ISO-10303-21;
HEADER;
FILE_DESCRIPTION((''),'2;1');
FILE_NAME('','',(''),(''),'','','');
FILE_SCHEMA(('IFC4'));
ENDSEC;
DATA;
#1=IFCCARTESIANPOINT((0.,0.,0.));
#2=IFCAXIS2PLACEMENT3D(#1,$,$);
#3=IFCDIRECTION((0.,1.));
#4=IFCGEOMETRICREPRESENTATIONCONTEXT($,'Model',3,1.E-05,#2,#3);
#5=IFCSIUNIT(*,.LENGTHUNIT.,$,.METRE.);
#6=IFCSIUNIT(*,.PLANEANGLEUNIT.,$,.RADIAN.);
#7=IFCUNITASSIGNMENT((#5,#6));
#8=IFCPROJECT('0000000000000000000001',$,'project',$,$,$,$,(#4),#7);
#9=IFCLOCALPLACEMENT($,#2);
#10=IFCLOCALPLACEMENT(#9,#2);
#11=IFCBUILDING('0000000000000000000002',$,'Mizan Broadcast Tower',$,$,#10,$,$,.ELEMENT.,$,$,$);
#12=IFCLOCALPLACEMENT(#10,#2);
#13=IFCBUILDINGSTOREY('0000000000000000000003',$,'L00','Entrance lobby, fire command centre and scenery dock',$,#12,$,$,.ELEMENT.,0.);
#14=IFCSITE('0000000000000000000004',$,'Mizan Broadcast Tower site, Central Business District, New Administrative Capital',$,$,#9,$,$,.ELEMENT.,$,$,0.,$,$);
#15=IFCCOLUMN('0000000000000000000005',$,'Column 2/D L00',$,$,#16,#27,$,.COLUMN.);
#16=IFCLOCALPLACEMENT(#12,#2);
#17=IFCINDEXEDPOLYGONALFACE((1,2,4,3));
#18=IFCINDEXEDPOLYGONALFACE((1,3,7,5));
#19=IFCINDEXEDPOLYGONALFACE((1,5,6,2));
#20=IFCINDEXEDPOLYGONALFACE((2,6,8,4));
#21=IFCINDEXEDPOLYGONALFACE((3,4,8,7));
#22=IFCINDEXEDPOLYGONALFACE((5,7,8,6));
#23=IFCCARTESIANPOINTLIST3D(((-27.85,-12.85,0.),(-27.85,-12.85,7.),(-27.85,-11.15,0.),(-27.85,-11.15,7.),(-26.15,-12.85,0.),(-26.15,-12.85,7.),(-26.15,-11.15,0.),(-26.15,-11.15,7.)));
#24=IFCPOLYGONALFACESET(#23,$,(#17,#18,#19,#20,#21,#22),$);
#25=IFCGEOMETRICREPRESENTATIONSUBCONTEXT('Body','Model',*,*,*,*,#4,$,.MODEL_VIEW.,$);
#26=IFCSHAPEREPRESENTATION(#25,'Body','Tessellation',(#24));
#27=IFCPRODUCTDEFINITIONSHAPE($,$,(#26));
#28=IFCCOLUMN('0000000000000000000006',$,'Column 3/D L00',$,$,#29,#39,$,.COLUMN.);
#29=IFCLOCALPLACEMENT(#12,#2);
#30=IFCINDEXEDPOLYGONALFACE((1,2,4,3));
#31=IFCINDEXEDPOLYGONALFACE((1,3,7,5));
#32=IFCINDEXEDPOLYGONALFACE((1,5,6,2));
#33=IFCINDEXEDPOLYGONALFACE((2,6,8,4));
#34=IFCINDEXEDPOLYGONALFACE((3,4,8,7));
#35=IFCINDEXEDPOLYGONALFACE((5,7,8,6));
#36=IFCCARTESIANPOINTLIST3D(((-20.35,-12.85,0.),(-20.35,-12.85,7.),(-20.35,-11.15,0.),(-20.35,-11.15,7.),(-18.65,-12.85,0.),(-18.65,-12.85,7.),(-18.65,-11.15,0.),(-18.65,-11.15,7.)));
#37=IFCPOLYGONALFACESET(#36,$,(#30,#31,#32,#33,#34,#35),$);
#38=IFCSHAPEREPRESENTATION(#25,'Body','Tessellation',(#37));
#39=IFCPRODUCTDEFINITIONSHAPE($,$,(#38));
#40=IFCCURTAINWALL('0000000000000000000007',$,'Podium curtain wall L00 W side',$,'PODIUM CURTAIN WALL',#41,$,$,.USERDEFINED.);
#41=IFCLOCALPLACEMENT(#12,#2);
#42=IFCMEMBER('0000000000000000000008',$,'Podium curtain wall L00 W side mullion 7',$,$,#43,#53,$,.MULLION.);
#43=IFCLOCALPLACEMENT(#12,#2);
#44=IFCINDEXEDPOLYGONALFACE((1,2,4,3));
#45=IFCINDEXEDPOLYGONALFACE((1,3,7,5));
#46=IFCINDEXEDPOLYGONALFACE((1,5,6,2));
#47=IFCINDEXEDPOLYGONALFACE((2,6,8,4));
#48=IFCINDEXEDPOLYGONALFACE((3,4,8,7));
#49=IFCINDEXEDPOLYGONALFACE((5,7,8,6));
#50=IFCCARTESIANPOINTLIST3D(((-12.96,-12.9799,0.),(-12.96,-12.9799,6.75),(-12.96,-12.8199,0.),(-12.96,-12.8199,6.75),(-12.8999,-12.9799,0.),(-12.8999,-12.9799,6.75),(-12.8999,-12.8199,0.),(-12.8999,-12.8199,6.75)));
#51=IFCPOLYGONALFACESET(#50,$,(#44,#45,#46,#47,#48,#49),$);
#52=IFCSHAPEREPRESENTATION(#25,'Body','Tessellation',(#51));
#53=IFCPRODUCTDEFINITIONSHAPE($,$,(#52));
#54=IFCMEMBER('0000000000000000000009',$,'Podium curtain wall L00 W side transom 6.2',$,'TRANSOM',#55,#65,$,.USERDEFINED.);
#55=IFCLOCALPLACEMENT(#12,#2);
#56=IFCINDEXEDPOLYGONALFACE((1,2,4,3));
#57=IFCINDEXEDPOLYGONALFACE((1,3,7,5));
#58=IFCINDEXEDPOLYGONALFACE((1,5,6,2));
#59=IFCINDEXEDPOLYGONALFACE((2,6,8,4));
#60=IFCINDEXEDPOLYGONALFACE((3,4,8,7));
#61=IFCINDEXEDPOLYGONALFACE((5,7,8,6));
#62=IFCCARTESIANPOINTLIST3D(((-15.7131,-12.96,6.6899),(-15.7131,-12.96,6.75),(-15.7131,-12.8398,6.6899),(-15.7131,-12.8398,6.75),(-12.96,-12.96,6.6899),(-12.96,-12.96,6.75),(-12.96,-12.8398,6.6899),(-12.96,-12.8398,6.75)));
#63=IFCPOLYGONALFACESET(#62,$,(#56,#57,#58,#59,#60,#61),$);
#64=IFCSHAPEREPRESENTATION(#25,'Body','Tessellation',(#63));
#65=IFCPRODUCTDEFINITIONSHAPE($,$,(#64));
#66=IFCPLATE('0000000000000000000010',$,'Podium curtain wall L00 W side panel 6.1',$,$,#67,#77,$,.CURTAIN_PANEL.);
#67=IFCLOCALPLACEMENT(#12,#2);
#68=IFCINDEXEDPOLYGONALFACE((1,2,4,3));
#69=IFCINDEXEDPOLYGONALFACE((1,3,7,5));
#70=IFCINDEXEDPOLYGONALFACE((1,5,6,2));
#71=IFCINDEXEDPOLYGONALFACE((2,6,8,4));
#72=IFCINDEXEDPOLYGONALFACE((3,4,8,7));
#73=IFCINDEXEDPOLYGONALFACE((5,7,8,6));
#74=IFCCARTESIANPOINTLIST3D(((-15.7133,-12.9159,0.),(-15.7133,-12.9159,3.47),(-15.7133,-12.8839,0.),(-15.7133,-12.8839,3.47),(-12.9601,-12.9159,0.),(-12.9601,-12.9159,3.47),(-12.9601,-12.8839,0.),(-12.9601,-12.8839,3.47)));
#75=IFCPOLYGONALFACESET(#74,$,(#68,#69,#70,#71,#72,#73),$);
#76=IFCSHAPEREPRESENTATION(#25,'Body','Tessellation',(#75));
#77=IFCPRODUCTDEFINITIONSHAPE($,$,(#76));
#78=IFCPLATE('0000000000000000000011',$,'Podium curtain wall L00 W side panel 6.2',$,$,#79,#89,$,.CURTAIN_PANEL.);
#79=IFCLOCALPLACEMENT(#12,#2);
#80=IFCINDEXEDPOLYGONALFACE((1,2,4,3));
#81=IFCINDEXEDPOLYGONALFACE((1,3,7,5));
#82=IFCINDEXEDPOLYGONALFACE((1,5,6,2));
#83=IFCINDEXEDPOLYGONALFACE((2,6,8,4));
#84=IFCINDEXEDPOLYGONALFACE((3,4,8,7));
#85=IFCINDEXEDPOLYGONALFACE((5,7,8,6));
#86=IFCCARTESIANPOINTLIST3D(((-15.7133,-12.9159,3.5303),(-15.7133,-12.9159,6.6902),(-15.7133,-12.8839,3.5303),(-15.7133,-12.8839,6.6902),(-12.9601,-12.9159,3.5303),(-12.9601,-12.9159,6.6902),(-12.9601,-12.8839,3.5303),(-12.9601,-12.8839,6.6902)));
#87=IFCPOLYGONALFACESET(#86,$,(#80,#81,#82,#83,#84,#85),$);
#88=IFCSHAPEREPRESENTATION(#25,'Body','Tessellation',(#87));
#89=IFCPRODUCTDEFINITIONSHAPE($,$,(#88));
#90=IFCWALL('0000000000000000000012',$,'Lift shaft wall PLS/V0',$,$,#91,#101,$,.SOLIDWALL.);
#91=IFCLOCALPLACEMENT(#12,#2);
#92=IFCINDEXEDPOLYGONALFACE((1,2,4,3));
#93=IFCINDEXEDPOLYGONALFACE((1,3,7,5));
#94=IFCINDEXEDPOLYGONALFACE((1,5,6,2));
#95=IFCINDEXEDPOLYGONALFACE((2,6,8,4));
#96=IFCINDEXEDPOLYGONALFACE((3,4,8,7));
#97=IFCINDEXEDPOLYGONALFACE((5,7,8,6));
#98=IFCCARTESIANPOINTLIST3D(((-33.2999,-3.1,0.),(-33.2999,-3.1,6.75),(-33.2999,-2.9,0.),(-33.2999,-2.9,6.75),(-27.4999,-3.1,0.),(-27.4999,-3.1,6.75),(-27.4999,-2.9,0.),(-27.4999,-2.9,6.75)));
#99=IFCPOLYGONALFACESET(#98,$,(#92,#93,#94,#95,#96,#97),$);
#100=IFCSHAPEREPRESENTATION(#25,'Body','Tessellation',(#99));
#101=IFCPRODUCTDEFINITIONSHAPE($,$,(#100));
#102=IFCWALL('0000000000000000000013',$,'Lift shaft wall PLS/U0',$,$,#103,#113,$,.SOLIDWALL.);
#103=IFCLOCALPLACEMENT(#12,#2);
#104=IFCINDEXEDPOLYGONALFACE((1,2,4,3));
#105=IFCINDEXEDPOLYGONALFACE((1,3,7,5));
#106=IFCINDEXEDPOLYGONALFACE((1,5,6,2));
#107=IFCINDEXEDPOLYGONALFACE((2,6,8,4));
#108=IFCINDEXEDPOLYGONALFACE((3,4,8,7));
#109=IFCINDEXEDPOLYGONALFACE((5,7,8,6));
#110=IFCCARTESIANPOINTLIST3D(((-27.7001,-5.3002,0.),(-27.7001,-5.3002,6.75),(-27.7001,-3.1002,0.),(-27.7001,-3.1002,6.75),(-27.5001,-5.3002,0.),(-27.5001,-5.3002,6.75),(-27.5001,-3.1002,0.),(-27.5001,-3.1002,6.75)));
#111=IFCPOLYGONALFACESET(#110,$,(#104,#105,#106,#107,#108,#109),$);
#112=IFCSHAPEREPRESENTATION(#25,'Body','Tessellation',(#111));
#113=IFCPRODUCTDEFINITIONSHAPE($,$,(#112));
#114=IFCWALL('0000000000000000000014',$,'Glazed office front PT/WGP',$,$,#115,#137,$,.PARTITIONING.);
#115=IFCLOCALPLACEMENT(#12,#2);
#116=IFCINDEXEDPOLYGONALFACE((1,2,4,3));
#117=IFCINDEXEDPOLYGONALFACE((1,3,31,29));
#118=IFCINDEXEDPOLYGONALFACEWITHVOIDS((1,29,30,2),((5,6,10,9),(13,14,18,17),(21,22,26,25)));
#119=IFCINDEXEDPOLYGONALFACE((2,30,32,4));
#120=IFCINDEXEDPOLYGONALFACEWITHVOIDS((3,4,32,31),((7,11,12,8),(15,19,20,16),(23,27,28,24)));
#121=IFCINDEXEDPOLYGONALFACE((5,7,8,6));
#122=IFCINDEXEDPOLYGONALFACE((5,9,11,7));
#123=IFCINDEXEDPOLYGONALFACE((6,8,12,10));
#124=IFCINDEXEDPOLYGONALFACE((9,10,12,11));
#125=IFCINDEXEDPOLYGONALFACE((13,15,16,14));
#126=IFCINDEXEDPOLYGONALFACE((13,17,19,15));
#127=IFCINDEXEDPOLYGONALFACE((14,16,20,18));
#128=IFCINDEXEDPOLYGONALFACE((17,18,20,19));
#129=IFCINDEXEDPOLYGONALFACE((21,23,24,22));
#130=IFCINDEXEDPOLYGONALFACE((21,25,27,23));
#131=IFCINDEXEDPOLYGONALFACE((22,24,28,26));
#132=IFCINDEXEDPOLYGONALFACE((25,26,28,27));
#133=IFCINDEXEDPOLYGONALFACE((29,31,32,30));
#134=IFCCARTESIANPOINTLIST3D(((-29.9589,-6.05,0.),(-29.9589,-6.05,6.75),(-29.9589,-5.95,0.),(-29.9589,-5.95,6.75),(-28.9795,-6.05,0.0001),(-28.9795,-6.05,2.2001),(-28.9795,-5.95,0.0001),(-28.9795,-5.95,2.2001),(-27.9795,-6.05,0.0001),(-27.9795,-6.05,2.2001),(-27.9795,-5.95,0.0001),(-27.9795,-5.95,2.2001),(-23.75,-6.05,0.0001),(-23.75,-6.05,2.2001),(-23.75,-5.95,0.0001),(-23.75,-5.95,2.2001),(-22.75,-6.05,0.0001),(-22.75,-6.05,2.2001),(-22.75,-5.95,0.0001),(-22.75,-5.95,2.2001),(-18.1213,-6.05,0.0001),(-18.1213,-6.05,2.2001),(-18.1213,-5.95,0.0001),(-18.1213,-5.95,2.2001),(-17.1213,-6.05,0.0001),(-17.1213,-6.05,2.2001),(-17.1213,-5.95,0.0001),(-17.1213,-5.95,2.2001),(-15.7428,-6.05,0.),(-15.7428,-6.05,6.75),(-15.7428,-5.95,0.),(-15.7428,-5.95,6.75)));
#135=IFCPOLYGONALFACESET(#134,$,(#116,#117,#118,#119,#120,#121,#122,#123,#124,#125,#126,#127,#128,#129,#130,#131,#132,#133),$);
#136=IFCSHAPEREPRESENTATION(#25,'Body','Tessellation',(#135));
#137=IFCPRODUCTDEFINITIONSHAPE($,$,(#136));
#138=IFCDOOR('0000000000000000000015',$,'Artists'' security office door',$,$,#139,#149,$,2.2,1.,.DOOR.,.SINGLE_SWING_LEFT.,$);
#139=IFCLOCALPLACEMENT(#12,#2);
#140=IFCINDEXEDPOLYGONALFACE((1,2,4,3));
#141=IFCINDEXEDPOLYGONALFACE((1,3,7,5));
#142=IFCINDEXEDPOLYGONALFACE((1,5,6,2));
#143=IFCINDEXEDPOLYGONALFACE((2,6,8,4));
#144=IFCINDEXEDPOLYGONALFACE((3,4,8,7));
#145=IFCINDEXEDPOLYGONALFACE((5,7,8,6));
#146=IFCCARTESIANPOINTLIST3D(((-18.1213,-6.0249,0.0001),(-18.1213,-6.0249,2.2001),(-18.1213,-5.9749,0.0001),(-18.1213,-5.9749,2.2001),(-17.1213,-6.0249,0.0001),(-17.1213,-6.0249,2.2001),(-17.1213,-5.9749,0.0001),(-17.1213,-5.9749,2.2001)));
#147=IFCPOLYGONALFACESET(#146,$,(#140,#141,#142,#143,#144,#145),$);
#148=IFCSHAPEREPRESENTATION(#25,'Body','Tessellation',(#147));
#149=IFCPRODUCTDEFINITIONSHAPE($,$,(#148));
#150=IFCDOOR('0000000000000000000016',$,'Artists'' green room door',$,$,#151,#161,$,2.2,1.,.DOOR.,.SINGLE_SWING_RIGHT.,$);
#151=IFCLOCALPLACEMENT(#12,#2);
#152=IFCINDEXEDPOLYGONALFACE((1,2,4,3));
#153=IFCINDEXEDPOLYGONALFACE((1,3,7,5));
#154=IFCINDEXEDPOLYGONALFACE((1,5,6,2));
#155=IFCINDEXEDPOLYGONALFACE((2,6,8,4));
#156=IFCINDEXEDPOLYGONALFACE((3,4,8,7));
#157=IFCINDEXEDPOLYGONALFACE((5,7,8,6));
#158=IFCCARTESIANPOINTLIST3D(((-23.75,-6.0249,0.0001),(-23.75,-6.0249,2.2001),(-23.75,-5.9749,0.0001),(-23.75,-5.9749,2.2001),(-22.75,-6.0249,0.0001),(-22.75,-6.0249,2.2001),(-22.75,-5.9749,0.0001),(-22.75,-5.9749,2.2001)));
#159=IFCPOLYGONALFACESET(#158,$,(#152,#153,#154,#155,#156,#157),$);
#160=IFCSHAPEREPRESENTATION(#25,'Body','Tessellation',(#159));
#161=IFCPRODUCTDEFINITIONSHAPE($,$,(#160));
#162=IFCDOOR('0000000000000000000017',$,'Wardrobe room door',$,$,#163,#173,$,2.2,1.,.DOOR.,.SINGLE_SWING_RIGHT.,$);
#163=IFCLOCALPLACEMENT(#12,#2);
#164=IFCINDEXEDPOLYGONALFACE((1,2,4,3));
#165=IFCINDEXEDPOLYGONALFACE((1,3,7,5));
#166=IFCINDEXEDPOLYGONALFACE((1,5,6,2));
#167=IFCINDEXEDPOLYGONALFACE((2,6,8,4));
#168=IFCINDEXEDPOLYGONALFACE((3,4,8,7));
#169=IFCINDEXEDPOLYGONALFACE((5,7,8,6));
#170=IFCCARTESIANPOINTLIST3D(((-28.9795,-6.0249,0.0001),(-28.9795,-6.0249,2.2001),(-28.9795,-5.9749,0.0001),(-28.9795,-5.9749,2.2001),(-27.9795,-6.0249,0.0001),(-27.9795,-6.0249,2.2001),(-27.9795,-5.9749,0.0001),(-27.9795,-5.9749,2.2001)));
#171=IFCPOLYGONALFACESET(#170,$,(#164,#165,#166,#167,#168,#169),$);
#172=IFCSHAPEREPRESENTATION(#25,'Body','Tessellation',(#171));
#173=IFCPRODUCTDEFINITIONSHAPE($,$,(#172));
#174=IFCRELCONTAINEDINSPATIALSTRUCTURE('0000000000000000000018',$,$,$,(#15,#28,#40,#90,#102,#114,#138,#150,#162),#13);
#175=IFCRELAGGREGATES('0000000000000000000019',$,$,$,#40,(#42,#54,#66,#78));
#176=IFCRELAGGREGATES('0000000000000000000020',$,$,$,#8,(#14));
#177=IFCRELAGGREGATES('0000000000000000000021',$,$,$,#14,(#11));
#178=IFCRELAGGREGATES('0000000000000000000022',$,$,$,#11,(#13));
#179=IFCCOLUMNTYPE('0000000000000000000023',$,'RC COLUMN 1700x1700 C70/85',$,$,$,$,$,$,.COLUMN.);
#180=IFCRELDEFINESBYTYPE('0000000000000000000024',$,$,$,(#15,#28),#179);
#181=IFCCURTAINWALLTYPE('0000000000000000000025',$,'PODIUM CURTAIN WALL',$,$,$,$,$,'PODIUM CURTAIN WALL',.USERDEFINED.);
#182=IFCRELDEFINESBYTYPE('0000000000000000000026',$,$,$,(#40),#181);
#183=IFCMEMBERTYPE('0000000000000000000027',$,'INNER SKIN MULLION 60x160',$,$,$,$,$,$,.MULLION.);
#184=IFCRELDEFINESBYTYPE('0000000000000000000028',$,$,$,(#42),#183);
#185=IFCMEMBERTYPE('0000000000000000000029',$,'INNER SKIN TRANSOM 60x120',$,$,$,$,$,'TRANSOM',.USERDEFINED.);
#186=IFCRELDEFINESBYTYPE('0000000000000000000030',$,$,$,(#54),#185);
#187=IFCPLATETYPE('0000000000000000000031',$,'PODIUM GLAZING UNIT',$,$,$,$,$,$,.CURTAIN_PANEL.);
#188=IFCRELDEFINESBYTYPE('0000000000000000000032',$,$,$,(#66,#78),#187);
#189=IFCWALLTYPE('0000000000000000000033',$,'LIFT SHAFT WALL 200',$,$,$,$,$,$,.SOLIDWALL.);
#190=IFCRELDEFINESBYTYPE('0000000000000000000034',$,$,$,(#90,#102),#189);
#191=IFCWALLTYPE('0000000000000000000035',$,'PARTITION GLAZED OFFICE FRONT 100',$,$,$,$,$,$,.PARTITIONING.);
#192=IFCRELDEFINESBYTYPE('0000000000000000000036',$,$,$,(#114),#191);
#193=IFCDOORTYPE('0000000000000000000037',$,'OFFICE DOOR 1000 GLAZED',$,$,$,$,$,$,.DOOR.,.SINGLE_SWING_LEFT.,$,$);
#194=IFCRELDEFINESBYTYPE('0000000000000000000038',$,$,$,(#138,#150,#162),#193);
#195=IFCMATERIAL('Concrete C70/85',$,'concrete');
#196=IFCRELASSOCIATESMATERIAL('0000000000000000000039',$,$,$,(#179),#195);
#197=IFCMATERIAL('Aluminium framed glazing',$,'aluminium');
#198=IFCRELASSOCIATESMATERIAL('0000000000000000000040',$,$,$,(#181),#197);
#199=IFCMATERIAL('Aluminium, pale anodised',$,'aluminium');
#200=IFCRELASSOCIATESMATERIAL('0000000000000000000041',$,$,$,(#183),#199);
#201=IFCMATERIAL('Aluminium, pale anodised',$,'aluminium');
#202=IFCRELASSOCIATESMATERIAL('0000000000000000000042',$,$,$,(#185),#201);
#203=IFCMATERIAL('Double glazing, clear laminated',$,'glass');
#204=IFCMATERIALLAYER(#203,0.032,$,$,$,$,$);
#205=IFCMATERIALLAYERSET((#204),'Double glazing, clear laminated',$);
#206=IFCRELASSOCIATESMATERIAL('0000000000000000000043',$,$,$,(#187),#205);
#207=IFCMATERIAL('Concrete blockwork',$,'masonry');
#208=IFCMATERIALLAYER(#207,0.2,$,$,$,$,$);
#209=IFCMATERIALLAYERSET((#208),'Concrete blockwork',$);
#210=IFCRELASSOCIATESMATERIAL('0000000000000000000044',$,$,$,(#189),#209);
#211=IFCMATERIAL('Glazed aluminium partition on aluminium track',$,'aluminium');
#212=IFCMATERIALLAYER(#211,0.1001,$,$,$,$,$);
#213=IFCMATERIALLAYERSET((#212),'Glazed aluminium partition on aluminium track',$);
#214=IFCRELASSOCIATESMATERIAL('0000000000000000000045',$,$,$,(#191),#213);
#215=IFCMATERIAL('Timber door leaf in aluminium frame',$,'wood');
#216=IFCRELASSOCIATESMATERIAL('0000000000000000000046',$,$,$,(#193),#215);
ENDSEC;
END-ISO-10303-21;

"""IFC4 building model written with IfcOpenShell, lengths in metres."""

from ifc_helpers import new_model, si_unit, direction, frame, frame_2d, origin, origin_2d, place, context, subcontext, project, spatial, rectangle, extrude, material, layer, layer_set, material_profile, profile_set, type_object, element, fill, aggregate, save


model = new_model("IFC4")

# Units and contexts
model_context = context("Model", 3, precision=1e-05, world=origin(), true_north=direction((0.0, 1.0)))
body_context = subcontext(model_context, "Body", "Model", "MODEL_VIEW")
ifc_project = project(units=[si_unit("LENGTHUNIT", "METRE"), si_unit("PLANEANGLEUNIT", "RADIAN")], contexts=[model_context])

# Site, building, storey
site_placement = place(None, origin())
site = spatial("IfcSite", under=ifc_project, at=site_placement, Name="Mizan Broadcast Tower site, Central Business District, New Administrative Capital", CompositionType="ELEMENT", RefElevation=0.0)
building_placement = place(site_placement, origin())
building = spatial("IfcBuilding", under=site, at=building_placement, Name="Mizan Broadcast Tower", CompositionType="ELEMENT")
storey_placement = place(building_placement, origin())
storey = spatial("IfcBuildingStorey", under=building, at=storey_placement, Name="L00", Description="Entrance lobby, fire command centre and scenery dock", CompositionType="ELEMENT", Elevation=0.0)

# Columns
ifc_material_1 = material(Name="Concrete C70/85", Category="concrete")
ifc_material_profile_1 = material_profile(ifc_material_1, rectangle(XDim=1.7, YDim=1.7, at=origin_2d()), Name="RC 1700x1700")
ifc_profile_set_1 = profile_set([ifc_material_profile_1], Name="Concrete C70/85")
column_type = type_object("IfcColumnType", Name="RC COLUMN 1700x1700 C70/85", PredefinedType="COLUMN", material=ifc_profile_set_1)
for number, where, z_axis, x_axis, name in (
    (1, (-27.0, -12.0, 0.0), (0.0, 0.0, 1.0), (1.0, 0.0, 0.0), "Column 2/D L00"),
    (2, (-19.5, -12.0, 0.0), (0.0, 0.0, 1.0), (1.0, 0.0, 0.0), "Column 3/D L00"),
):
    element("IfcColumn", number, at=place(storey_placement, frame(where, z_axis=z_axis, x_axis=x_axis)), inside=storey, type_object=column_type, Name=name, PredefinedType="COLUMN", context=body_context, shape_type="SweptSolid", body=[
        extrude(rectangle(XDim=1.7, YDim=1.7, at=origin_2d()), origin(), (0.0, 0.0, 1.0), 7.0),
    ])

# Curtain wall, members, plates
ifc_material_2 = material(Name="Aluminium framed glazing", Category="aluminium")
curtain_wall_type = type_object("IfcCurtainWallType", Name="PODIUM CURTAIN WALL", ElementType="PODIUM CURTAIN WALL", PredefinedType="USERDEFINED", material=ifc_material_2)
curtain_wall_placement = place(storey_placement, origin())
curtain_wall = element("IfcCurtainWall", 3, at=curtain_wall_placement, inside=storey, type_object=curtain_wall_type, Name="Podium curtain wall L00 W side", ObjectType="PODIUM CURTAIN WALL", PredefinedType="USERDEFINED")
ifc_material_3 = material(Name="Aluminium, pale anodised", Category="aluminium")
ifc_material_profile_2 = material_profile(ifc_material_3, rectangle(XDim=0.1599, YDim=0.0601, at=origin_2d()), Name="MULLION 160x60")
ifc_profile_set_2 = profile_set([ifc_material_profile_2], Name="Aluminium, pale anodised")
member_type_1 = type_object("IfcMemberType", Name="INNER SKIN MULLION 60x160", PredefinedType="MULLION", material=ifc_profile_set_2)
member_1_placement = place(storey_placement, frame((-12.9299, -12.8999, 0.0), z_axis=(0.0, 0.0, 1.0), x_axis=(0.0, 1.0, 0.0)))
member_1 = element("IfcMember", 4, at=member_1_placement, type_object=member_type_1, Name="Podium curtain wall L00 W side mullion 7", PredefinedType="MULLION", context=body_context, shape_type="SweptSolid", body=[
    extrude(rectangle(XDim=0.1599, YDim=0.0601, at=origin_2d()), origin(), (0.0, 0.0, 1.0), 6.75),
])
ifc_material_4 = material(Name="Aluminium, pale anodised", Category="aluminium")
ifc_material_profile_3 = material_profile(ifc_material_4, rectangle(XDim=0.1201, YDim=0.0601, at=origin_2d()), Name="TRANSOM 120x60")
ifc_profile_set_3 = profile_set([ifc_material_profile_3], Name="Aluminium, pale anodised")
member_type_2 = type_object("IfcMemberType", Name="INNER SKIN TRANSOM 60x120", ElementType="TRANSOM", PredefinedType="USERDEFINED", material=ifc_profile_set_3)
member_2_placement = place(storey_placement, frame((-15.7131, -12.8999, 6.72), z_axis=(1.0, 0.0, 0.0), x_axis=(0.0, 1.0, 0.0)))
member_2 = element("IfcMember", 5, at=member_2_placement, type_object=member_type_2, Name="Podium curtain wall L00 W side transom 6.2", ObjectType="TRANSOM", PredefinedType="USERDEFINED", context=body_context, shape_type="SweptSolid", body=[
    extrude(rectangle(XDim=0.1201, YDim=0.0601, at=origin_2d()), origin(), (0.0, 0.0, 1.0), 2.7532),
])
ifc_material_5 = material(Name="Double glazing, clear laminated", Category="glass")
ifc_layer_1 = layer(ifc_material_5, 0.032)
ifc_layer_set_1 = layer_set([ifc_layer_1], Name="Double glazing, clear laminated")
plate_type = type_object("IfcPlateType", Name="PODIUM GLAZING UNIT", PredefinedType="CURTAIN_PANEL", material=ifc_layer_set_1)
plate_1_placement = place(storey_placement, frame((-14.3367, -12.8999, 0.0), z_axis=(0.0, 0.0, 1.0), x_axis=(1.0, 0.0, 0.0)))
plate_1 = element("IfcPlate", 6, at=plate_1_placement, type_object=plate_type, Name="Podium curtain wall L00 W side panel 6.1", PredefinedType="CURTAIN_PANEL", context=body_context, shape_type="SweptSolid", body=[
    extrude(rectangle(XDim=2.7532, YDim=0.032, at=origin_2d()), origin(), (0.0, 0.0, 1.0), 3.47),
])
plate_2_placement = place(storey_placement, frame((-14.3367, -12.8999, 3.5303), z_axis=(0.0, 0.0, 1.0), x_axis=(1.0, 0.0, 0.0)))
plate_2 = element("IfcPlate", 7, at=plate_2_placement, type_object=plate_type, Name="Podium curtain wall L00 W side panel 6.2", PredefinedType="CURTAIN_PANEL", context=body_context, shape_type="SweptSolid", body=[
    extrude(rectangle(XDim=2.7532, YDim=0.032, at=origin_2d()), origin(), (0.0, 0.0, 1.0), 3.1599),
])
aggregate(curtain_wall, [member_1, member_2, plate_1, plate_2])

# Walls
ifc_material_6 = material(Name="Concrete blockwork", Category="masonry")
ifc_layer_2 = layer(ifc_material_6, 0.2)
ifc_layer_set_2 = layer_set([ifc_layer_2], Name="Concrete blockwork")
wall_type_1 = type_object("IfcWallType", Name="LIFT SHAFT WALL 200", PredefinedType="SOLIDWALL", material=ifc_layer_set_2)
wall_1_placement = place(storey_placement, frame((-27.5, -3.0, 0.0), z_axis=(0.0, 0.0, 1.0), x_axis=(-1.0, 0.0, 0.0)))
element("IfcWall", 8, at=wall_1_placement, inside=storey, type_object=wall_type_1, Name="Lift shaft wall PLS/V0", PredefinedType="SOLIDWALL", context=body_context, shape_type="SweptSolid", body=[
    extrude(rectangle(XDim=5.8, YDim=0.2, at=frame_2d((2.8999, 0.0))), origin(), (0.0, 0.0, 1.0), 6.75),
])
wall_2_placement = place(storey_placement, frame((-27.6001, -3.1001, 0.0), z_axis=(0.0, 0.0, 1.0), x_axis=(0.0, -1.0, 0.0)))
element("IfcWall", 9, at=wall_2_placement, inside=storey, type_object=wall_type_1, Name="Lift shaft wall PLS/U0", PredefinedType="SOLIDWALL", context=body_context, shape_type="SweptSolid", body=[
    extrude(rectangle(XDim=2.2, YDim=0.2, at=frame_2d((1.1001, 0.0))), origin(), (0.0, 0.0, 1.0), 6.75),
])

# Wall, openings, doors
ifc_material_7 = material(Name="Glazed aluminium partition on aluminium track", Category="aluminium")
ifc_layer_3 = layer(ifc_material_7, 0.1001)
ifc_layer_set_3 = layer_set([ifc_layer_3], Name="Glazed aluminium partition on aluminium track")
wall_type_2 = type_object("IfcWallType", Name="PARTITION GLAZED OFFICE FRONT 100", PredefinedType="PARTITIONING", material=ifc_layer_set_3)
wall_3_placement = place(storey_placement, frame((-15.7429, -6.0, 0.0), z_axis=(0.0, 0.0, 1.0), x_axis=(-1.0, 0.0, 0.0)))
wall_3 = element("IfcWall", 10, at=wall_3_placement, inside=storey, type_object=wall_type_2, Name="Glazed office front PT/WGP", PredefinedType="PARTITIONING", context=body_context, shape_type="SweptSolid", body=[
    extrude(rectangle(XDim=14.2161, YDim=0.1001, at=frame_2d((7.1079, 0.0))), origin(), (0.0, 0.0, 1.0), 6.75),
])
opening_1_placement = place(wall_3_placement, frame((1.3784, 0.0, 0.0)))
opening_1 = element("IfcOpeningElement", 11, at=opening_1_placement, cuts=wall_3, PredefinedType="OPENING", context=body_context, shape_type="SweptSolid", body=[
    extrude(rectangle(XDim=1.0, YDim=2.2, at=frame_2d((0.5, 1.1001))), frame((0.0, 0.0601, 0.0), z_axis=(0.0, -1.0, 0.0), x_axis=(1.0, 0.0, 0.0)), (0.0, 0.0, 1.0), 0.1201),
])
opening_2_placement = place(wall_3_placement, frame((7.0071, 0.0, 0.0)))
opening_2 = element("IfcOpeningElement", 12, at=opening_2_placement, cuts=wall_3, PredefinedType="OPENING", context=body_context, shape_type="SweptSolid", body=[
    extrude(rectangle(XDim=1.0, YDim=2.2, at=frame_2d((0.5, 1.1001))), frame((0.0, 0.0601, 0.0), z_axis=(0.0, -1.0, 0.0), x_axis=(1.0, 0.0, 0.0)), (0.0, 0.0, 1.0), 0.1201),
])
opening_3_placement = place(wall_3_placement, frame((12.2366, 0.0, 0.0)))
opening_3 = element("IfcOpeningElement", 13, at=opening_3_placement, cuts=wall_3, PredefinedType="OPENING", context=body_context, shape_type="SweptSolid", body=[
    extrude(rectangle(XDim=1.0, YDim=2.2, at=frame_2d((0.5, 1.1001))), frame((0.0, 0.0601, 0.0), z_axis=(0.0, -1.0, 0.0), x_axis=(1.0, 0.0, 0.0)), (0.0, 0.0, 1.0), 0.1201),
])
ifc_material_8 = material(Name="Timber door leaf in aluminium frame", Category="wood")
door_type_1 = type_object("IfcDoorType", Name="OFFICE DOOR 1000 GLAZED", OperationType="SINGLE_SWING_LEFT", PredefinedType="DOOR", material=ifc_material_8)
door_1_placement = place(opening_1_placement, origin())
door_1 = element("IfcDoor", 14, at=door_1_placement, inside=storey, type_object=door_type_1, Name="Artists' security office door", OperationType="SINGLE_SWING_LEFT", OverallHeight=2.2, OverallWidth=1.0, PredefinedType="DOOR", context=body_context, shape_type="SweptSolid", body=[
    extrude(rectangle(XDim=1.0, YDim=2.2, at=frame_2d((0.5, 1.1001))), frame((0.0, 0.0249, 0.0), z_axis=(0.0, -1.0, 0.0), x_axis=(1.0, 0.0, 0.0)), (0.0, 0.0, 1.0), 0.05),
])
fill(opening_1, door_1)
door_2_placement = place(opening_2_placement, origin())
door_2 = element("IfcDoor", 15, at=door_2_placement, inside=storey, type_object=door_type_1, Name="Artists' green room door", OperationType="SINGLE_SWING_RIGHT", OverallHeight=2.2, OverallWidth=1.0, PredefinedType="DOOR", context=body_context, shape_type="SweptSolid", body=[
    extrude(rectangle(XDim=1.0, YDim=2.2, at=frame_2d((0.5, 1.1001))), frame((0.0, 0.0249, 0.0), z_axis=(0.0, -1.0, 0.0), x_axis=(1.0, 0.0, 0.0)), (0.0, 0.0, 1.0), 0.05),
])
fill(opening_2, door_2)
door_3_placement = place(opening_3_placement, origin())
door_3 = element("IfcDoor", 16, at=door_3_placement, inside=storey, type_object=door_type_1, Name="Wardrobe room door", OperationType="SINGLE_SWING_RIGHT", OverallHeight=2.2, OverallWidth=1.0, PredefinedType="DOOR", context=body_context, shape_type="SweptSolid", body=[
    extrude(rectangle(XDim=1.0, YDim=2.2, at=frame_2d((0.5, 1.1001))), frame((0.0, 0.0249, 0.0), z_axis=(0.0, -1.0, 0.0), x_axis=(1.0, 0.0, 0.0)), (0.0, 0.0, 1.0), 0.05),
])
fill(opening_3, door_3)

save(model, "model.ifc")
